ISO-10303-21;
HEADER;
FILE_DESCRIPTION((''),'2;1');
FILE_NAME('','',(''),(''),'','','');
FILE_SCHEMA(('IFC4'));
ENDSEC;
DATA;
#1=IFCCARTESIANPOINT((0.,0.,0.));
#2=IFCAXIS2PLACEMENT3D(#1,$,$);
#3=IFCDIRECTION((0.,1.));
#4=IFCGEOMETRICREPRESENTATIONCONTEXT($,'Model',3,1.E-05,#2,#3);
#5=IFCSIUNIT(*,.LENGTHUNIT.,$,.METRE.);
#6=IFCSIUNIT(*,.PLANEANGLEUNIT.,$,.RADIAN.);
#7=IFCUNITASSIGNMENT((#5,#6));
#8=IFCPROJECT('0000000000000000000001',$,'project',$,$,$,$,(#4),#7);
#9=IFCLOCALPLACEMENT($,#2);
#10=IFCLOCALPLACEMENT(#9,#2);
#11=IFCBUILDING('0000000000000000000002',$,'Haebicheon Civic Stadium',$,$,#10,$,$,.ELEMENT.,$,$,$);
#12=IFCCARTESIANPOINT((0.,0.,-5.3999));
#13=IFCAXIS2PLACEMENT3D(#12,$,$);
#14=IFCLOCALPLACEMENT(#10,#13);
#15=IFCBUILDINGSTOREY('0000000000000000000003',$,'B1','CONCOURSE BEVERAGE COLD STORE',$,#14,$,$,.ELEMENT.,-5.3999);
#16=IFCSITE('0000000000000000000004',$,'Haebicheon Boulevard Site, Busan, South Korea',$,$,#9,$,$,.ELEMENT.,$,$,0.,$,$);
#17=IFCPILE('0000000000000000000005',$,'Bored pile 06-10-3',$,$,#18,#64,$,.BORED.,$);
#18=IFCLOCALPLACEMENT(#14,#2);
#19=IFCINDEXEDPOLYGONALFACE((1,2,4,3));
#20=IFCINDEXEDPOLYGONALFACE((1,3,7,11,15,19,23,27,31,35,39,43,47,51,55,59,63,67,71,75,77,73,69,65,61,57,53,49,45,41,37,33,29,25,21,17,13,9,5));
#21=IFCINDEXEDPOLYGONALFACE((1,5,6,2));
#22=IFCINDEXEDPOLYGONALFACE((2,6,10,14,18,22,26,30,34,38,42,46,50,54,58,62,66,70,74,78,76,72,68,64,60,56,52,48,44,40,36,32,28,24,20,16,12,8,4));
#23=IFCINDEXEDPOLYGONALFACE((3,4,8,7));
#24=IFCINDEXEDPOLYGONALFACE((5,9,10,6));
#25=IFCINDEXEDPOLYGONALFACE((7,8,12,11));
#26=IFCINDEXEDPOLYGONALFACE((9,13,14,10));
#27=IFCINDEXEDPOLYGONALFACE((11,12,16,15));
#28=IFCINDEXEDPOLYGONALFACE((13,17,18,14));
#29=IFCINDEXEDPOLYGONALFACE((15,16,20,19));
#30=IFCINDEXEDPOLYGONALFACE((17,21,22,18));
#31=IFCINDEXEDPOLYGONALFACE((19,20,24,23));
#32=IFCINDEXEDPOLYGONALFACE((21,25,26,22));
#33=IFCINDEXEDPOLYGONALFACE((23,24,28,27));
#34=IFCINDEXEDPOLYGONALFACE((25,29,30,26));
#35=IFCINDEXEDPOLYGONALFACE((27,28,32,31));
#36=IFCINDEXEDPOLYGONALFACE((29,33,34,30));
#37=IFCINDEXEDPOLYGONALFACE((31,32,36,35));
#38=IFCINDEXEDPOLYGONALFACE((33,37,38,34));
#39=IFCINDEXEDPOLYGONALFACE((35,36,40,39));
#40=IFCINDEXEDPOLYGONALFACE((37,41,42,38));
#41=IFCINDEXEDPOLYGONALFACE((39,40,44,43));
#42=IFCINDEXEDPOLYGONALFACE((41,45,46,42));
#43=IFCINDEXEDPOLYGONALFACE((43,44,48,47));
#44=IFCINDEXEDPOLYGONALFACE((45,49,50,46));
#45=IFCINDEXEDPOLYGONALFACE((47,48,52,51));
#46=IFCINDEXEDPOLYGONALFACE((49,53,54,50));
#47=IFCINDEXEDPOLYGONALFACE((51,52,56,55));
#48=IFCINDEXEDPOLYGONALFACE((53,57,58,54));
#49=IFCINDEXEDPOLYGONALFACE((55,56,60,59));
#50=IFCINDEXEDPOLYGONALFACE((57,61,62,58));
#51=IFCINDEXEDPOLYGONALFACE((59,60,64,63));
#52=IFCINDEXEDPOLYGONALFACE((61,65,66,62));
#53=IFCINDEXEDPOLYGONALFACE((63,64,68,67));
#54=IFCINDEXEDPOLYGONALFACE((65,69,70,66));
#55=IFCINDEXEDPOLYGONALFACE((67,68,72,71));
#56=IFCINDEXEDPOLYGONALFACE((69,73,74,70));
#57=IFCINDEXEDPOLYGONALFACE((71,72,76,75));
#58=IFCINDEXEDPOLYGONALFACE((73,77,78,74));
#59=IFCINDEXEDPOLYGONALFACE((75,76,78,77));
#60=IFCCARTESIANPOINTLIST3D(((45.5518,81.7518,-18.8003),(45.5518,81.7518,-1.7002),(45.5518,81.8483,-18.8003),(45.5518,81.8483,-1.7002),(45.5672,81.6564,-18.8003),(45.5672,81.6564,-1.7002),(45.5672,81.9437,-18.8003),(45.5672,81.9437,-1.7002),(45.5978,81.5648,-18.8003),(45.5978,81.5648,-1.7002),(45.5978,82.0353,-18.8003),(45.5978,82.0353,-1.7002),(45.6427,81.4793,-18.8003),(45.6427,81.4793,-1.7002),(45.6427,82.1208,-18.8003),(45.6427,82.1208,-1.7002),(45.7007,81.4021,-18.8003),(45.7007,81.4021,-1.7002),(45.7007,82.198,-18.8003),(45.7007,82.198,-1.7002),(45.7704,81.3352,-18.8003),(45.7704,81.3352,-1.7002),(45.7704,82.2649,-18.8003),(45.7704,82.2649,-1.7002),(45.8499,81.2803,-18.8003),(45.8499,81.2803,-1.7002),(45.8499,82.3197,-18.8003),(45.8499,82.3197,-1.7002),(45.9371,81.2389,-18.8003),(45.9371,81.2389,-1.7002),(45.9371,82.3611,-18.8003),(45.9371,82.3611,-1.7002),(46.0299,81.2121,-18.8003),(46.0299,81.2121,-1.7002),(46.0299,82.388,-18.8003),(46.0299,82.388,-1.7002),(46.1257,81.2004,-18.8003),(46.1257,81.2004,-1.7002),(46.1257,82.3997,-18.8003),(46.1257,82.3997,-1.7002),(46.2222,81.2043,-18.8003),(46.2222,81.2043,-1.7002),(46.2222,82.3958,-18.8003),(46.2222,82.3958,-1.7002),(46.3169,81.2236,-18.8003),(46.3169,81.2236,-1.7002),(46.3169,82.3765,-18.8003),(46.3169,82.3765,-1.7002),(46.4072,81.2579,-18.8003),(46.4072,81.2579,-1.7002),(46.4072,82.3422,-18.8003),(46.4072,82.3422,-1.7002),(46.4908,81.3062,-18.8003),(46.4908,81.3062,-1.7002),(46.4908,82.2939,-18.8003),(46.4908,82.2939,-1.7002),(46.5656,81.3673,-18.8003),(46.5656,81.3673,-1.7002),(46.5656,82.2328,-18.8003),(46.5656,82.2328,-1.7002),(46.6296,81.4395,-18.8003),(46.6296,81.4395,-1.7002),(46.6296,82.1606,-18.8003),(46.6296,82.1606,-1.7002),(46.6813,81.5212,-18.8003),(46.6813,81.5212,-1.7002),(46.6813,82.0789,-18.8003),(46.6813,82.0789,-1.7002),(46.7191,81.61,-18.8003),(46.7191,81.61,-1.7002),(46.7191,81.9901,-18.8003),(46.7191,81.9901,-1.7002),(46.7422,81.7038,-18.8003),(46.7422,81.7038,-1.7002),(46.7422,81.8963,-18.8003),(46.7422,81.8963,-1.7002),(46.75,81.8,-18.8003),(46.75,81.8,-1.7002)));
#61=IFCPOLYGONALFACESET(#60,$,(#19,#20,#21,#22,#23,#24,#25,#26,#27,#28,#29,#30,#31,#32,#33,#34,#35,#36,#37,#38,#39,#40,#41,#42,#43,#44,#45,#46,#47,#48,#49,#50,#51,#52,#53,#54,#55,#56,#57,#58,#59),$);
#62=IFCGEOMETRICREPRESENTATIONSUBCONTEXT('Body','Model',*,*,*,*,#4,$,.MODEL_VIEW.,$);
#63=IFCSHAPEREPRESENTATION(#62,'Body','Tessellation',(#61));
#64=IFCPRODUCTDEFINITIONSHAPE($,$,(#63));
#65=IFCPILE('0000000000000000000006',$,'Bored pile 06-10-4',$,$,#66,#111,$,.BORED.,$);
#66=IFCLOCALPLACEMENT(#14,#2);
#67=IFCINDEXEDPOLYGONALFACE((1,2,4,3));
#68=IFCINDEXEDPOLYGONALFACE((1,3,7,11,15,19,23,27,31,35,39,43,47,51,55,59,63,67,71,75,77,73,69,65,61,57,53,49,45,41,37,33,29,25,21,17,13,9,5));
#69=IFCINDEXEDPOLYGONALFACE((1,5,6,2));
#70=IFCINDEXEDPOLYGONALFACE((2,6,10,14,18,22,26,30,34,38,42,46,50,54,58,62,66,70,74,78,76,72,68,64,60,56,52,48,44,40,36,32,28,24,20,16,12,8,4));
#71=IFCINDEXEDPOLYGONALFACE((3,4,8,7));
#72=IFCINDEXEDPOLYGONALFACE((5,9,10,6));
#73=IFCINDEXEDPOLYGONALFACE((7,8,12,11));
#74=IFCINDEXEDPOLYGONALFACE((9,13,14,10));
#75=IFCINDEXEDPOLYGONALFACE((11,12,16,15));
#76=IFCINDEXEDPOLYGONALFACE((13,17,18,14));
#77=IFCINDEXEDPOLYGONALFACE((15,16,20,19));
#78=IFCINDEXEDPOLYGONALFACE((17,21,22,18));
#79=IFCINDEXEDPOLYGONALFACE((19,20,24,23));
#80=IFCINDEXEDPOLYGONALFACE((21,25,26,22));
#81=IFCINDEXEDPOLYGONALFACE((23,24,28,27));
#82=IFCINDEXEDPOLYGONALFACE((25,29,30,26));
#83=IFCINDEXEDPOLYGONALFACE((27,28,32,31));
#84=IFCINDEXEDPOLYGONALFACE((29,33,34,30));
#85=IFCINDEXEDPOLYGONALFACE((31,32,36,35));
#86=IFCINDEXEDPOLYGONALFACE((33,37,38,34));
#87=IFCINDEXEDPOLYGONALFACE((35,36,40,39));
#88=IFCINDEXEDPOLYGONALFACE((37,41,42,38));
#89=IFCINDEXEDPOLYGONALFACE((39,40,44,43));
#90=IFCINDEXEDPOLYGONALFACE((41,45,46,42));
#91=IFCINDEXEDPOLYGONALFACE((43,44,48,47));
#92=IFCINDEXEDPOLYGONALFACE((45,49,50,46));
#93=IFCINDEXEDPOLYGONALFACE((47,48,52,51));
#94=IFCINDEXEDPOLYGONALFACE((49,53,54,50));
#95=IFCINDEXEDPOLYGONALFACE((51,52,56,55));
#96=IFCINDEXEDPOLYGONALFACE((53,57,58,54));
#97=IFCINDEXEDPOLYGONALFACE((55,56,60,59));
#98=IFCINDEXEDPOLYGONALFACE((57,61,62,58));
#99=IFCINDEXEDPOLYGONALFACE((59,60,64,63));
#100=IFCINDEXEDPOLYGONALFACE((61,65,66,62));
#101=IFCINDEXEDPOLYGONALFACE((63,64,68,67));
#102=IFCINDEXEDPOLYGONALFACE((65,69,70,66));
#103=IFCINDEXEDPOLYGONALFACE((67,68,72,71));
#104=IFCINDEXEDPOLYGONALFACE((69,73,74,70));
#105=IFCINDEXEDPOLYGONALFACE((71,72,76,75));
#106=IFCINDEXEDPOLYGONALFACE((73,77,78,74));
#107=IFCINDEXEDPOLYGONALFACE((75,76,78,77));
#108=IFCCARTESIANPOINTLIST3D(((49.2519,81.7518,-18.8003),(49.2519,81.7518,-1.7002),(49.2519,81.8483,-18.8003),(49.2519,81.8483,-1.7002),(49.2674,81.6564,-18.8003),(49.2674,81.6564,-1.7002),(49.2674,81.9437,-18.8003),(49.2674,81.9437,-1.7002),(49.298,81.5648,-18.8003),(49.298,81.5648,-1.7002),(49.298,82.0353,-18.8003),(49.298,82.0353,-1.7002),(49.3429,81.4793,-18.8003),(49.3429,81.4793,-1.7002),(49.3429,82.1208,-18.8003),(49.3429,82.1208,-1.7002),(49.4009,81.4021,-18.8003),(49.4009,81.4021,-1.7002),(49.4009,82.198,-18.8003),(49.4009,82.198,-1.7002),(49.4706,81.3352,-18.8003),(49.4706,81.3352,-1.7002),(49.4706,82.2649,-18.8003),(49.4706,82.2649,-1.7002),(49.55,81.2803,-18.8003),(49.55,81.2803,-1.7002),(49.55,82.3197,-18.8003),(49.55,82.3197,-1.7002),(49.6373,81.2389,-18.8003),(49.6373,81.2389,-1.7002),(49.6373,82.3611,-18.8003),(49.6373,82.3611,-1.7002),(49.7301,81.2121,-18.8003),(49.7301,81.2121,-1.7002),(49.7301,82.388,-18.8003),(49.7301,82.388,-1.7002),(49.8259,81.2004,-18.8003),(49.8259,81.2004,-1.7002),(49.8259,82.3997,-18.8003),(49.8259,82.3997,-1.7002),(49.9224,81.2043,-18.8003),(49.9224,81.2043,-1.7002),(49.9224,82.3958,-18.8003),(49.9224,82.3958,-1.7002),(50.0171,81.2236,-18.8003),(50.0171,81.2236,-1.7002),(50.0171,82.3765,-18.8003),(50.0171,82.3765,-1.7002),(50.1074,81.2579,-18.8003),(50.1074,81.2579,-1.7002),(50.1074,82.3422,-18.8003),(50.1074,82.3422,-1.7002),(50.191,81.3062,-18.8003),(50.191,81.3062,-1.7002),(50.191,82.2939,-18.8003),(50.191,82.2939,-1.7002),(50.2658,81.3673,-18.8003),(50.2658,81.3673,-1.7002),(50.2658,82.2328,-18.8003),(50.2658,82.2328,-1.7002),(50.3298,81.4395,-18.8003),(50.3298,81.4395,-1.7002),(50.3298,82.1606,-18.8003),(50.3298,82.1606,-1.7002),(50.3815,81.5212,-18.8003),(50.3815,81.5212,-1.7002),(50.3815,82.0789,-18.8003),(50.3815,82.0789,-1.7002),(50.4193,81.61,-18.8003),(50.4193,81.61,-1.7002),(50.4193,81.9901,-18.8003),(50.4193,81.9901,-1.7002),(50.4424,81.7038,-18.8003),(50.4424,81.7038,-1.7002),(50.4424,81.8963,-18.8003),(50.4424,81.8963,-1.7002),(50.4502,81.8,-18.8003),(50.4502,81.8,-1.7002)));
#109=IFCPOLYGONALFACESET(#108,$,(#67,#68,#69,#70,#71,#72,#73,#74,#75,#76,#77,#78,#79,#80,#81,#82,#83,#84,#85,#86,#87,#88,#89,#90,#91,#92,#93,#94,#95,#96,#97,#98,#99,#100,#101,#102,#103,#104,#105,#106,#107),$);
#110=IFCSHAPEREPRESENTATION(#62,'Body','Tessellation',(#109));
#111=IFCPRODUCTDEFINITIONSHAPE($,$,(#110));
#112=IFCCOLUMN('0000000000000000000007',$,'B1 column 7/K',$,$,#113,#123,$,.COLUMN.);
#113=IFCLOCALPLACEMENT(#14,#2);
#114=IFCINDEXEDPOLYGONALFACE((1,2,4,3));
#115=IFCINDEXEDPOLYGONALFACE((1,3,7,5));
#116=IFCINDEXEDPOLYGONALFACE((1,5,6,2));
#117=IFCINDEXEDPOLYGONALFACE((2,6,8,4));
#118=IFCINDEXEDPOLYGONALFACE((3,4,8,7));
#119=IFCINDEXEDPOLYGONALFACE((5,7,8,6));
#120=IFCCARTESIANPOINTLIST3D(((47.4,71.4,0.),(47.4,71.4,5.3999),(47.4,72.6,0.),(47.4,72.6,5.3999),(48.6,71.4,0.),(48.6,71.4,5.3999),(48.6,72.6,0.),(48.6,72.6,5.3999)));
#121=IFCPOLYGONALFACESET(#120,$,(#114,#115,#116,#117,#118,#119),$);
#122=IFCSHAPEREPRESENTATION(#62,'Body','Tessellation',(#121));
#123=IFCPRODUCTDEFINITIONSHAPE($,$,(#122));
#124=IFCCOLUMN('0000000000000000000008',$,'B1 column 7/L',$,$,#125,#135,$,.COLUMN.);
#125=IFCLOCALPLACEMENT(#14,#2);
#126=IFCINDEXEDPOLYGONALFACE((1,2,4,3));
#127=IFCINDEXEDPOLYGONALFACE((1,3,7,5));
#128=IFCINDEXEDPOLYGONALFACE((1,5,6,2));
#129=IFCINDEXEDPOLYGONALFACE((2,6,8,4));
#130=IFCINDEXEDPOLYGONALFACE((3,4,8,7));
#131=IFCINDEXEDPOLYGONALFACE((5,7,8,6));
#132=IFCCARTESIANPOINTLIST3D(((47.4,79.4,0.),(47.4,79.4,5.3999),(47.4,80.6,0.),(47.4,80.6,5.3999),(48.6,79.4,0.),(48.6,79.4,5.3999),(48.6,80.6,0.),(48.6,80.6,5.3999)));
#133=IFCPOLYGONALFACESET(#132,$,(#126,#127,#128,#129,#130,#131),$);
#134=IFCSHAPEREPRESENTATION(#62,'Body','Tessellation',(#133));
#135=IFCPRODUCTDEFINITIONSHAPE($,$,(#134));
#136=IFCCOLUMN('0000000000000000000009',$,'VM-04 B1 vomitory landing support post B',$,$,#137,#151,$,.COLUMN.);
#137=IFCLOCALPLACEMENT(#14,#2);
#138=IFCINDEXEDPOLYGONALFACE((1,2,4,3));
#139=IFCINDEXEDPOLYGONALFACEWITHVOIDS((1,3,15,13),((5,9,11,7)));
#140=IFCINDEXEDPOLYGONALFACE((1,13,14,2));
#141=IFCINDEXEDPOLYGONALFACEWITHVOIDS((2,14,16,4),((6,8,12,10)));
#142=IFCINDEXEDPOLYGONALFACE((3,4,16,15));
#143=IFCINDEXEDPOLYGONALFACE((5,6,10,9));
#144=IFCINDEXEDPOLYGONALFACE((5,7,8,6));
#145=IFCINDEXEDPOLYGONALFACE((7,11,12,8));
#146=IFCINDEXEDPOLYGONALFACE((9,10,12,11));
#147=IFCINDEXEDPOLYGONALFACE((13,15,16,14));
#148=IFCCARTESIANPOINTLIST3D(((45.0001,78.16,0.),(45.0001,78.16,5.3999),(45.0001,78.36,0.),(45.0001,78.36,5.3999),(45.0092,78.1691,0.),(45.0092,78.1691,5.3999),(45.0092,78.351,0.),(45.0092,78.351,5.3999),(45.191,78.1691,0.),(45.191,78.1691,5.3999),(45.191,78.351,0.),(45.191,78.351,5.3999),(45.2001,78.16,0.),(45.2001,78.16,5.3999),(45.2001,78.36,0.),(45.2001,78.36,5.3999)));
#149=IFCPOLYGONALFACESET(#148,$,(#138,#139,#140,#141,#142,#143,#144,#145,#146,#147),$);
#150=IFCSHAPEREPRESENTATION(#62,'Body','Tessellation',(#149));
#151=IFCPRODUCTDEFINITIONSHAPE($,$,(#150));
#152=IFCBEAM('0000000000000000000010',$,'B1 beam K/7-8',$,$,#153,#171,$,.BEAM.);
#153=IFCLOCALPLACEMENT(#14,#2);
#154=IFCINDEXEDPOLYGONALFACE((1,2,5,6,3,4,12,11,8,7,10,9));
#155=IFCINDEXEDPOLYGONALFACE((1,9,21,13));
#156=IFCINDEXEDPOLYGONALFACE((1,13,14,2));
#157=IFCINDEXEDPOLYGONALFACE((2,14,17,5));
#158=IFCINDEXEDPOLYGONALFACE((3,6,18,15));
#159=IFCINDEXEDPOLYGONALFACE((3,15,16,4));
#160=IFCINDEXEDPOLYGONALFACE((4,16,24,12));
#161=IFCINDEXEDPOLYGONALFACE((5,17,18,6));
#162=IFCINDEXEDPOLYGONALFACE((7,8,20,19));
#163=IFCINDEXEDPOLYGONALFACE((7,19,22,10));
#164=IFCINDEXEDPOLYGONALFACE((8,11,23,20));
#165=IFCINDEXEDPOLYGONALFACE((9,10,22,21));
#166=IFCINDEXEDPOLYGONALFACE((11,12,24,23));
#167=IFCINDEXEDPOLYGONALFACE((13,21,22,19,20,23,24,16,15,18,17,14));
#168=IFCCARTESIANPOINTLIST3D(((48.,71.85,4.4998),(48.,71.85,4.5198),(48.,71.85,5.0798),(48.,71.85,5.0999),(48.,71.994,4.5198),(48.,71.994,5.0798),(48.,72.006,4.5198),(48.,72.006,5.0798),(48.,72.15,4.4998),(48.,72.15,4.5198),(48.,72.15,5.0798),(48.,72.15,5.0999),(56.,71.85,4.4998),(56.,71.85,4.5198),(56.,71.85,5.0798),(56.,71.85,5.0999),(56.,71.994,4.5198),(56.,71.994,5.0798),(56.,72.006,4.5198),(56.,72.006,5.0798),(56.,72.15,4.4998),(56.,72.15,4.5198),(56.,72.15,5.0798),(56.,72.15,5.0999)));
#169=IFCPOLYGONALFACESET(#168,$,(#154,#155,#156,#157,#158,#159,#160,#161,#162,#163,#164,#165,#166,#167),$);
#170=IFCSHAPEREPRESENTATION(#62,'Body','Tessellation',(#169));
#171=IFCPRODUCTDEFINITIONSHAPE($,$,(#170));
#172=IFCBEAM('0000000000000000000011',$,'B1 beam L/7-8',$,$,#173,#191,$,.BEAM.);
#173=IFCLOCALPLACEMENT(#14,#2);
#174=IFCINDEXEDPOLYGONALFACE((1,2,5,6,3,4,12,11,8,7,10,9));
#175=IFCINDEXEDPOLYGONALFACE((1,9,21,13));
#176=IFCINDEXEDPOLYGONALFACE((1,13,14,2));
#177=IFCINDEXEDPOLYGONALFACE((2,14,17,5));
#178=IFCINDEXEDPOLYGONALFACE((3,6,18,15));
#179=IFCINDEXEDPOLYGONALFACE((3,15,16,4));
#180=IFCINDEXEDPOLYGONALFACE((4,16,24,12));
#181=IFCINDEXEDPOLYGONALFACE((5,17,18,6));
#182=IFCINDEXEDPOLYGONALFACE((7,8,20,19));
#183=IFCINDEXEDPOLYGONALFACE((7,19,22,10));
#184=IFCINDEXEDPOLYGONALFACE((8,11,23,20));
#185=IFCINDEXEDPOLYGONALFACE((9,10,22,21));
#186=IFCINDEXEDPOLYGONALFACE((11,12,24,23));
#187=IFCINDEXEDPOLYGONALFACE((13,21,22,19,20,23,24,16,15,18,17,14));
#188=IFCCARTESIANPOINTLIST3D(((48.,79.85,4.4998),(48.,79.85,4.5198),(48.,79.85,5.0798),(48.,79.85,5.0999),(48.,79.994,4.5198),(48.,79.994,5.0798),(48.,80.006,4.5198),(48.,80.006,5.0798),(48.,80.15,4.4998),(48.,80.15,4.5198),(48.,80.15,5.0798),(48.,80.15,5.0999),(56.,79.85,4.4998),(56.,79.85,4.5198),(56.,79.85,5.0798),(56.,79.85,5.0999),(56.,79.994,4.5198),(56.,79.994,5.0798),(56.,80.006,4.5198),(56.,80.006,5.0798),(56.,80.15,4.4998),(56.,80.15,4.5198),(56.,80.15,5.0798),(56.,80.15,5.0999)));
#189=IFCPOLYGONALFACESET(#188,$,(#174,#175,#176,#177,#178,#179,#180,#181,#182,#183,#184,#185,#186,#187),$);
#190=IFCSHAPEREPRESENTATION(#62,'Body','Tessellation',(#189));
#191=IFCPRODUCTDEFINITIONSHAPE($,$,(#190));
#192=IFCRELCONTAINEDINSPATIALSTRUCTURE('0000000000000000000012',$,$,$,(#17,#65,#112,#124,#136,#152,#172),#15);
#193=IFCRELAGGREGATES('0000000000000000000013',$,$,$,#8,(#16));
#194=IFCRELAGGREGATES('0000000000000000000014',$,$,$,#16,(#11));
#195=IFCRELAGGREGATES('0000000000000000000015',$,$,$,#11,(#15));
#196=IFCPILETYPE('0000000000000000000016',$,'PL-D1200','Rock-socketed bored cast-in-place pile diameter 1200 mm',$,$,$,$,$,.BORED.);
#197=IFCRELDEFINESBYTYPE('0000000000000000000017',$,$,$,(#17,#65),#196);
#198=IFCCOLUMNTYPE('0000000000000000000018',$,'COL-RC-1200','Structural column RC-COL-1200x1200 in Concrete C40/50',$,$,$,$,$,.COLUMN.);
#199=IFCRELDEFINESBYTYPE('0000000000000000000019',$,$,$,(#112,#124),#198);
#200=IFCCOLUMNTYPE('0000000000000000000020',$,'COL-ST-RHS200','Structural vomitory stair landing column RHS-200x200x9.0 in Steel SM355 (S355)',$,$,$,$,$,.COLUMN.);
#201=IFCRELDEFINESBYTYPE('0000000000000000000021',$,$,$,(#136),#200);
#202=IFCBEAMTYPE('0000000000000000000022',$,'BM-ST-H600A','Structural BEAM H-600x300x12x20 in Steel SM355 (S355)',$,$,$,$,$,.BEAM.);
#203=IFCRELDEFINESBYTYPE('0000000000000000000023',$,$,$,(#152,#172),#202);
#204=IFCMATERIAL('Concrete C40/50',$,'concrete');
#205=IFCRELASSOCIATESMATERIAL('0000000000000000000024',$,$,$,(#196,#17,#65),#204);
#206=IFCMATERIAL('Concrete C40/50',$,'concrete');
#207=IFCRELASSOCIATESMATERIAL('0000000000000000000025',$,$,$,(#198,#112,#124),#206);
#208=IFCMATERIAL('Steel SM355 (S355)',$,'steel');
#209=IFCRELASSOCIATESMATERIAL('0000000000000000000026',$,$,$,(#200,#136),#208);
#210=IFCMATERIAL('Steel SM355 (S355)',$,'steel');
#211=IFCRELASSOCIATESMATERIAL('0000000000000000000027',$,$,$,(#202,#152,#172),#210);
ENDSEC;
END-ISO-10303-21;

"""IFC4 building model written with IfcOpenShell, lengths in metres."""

from ifc_helpers import new_model, si_unit, direction, frame, origin, origin_2d, place, context, subcontext, project, spatial, rectangle, hollow_rectangle, circle, i_section, extrude, material, material_profile, profile_set, type_object, element, save


model = new_model("IFC4")

# Units and contexts
model_context = context("Model", 3, precision=1e-05, world=origin(), true_north=direction((0.0, 1.0)))
body_context = subcontext(model_context, "Body", "Model", "MODEL_VIEW")
ifc_project = project(units=[si_unit("LENGTHUNIT", "METRE"), si_unit("PLANEANGLEUNIT", "RADIAN")], contexts=[model_context])

# Site, building, storey
site_placement = place(None, origin())
site = spatial("IfcSite", under=ifc_project, at=site_placement, Name="Haebicheon Boulevard Site, Busan, South Korea", CompositionType="ELEMENT", RefElevation=0.0)
building_placement = place(site_placement, origin())
building = spatial("IfcBuilding", under=site, at=building_placement, Name="Haebicheon Civic Stadium", CompositionType="ELEMENT")
storey_placement = place(building_placement, frame((0.0, 0.0, -5.3999)))
storey = spatial("IfcBuildingStorey", under=building, at=storey_placement, Name="B1", Description="CONCOURSE BEVERAGE COLD STORE", CompositionType="ELEMENT", Elevation=-5.3999)

# Piles
ifc_material_1 = material(Name="Concrete C40/50", Category="concrete")
ifc_material_profile_1 = material_profile(ifc_material_1, circle(Radius=0.6001, at=origin_2d()), Name="PILE-D1200")
ifc_profile_set_1 = profile_set([ifc_material_profile_1], Name="Concrete C40/50")
pile_type_1 = type_object("IfcPileType", Name="PL-D1200", Description="Rock-socketed bored cast-in-place pile diameter 1200 mm", PredefinedType="BORED", material=ifc_profile_set_1)
for number, where, z_axis, x_axis, name in (
    (1, (46.1499, 81.8, -1.7002), (0.0, 0.0, -1.0), (1.0, 0.0, 0.0), "Bored pile 06-10-3"),
    (2, (49.8501, 81.8, -1.7002), (0.0, 0.0, -1.0), (1.0, 0.0, 0.0), "Bored pile 06-10-4"),
):
    element("IfcPile", number, at=place(storey_placement, frame(where, z_axis=z_axis, x_axis=x_axis)), inside=storey, type_object=pile_type_1, material=ifc_profile_set_1, Name=name, PredefinedType="BORED", context=body_context, shape_type="SweptSolid", body=[
        extrude(circle(Radius=0.6001, at=origin_2d()), origin(), (0.0, 0.0, 1.0), 17.1001),
    ])

# Columns
ifc_material_2 = material(Name="Concrete C40/50", Category="concrete")
ifc_material_profile_2 = material_profile(ifc_material_2, rectangle(XDim=1.2, YDim=1.2, at=origin_2d()), Name="RC-COL-1200x1200")
ifc_profile_set_2 = profile_set([ifc_material_profile_2], Name="Concrete C40/50")
column_type_1 = type_object("IfcColumnType", Name="COL-RC-1200", Description="Structural column RC-COL-1200x1200 in Concrete C40/50", PredefinedType="COLUMN", material=ifc_profile_set_2)
for number, where, z_axis, x_axis, name in (
    (3, (48.0, 72.0, 0.0), (0.0, 0.0, 1.0), (1.0, 0.0, 0.0), "B1 column 7/K"),
    (4, (48.0, 80.0, 0.0), (0.0, 0.0, 1.0), (1.0, 0.0, 0.0), "B1 column 7/L"),
):
    element("IfcColumn", number, at=place(storey_placement, frame(where, z_axis=z_axis, x_axis=x_axis)), inside=storey, type_object=column_type_1, material=ifc_profile_set_2, Name=name, PredefinedType="COLUMN", context=body_context, shape_type="SweptSolid", body=[
        extrude(rectangle(XDim=1.2, YDim=1.2, at=origin_2d()), origin(), (0.0, 0.0, 1.0), 5.3999),
    ])
ifc_material_3 = material(Name="Steel SM355 (S355)", Category="steel")
ifc_material_profile_3 = material_profile(ifc_material_3, hollow_rectangle(XDim=0.2, YDim=0.2, WallThickness=0.009, at=origin_2d()), Name="RHS-200x200x9.0")
ifc_profile_set_3 = profile_set([ifc_material_profile_3], Name="Steel SM355 (S355)")
column_type_2 = type_object("IfcColumnType", Name="COL-ST-RHS200", Description="Structural vomitory stair landing column RHS-200x200x9.0 in Steel SM355 (S355)", PredefinedType="COLUMN", material=ifc_profile_set_3)
column_placement = place(storey_placement, frame((45.1001, 78.26, 0.0), z_axis=(0.0, 0.0, 1.0), x_axis=(1.0, 0.0, 0.0)))
element("IfcColumn", 5, at=column_placement, inside=storey, type_object=column_type_2, material=ifc_profile_set_3, Name="VM-04 B1 vomitory landing support post B", PredefinedType="COLUMN", context=body_context, shape_type="SweptSolid", body=[
    extrude(hollow_rectangle(XDim=0.2, YDim=0.2, WallThickness=0.009, at=origin_2d()), origin(), (0.0, 0.0, 1.0), 5.3999),
])

# Beams
ifc_material_4 = material(Name="Steel SM355 (S355)", Category="steel")
ifc_material_profile_4 = material_profile(ifc_material_4, i_section(OverallWidth=0.3, OverallDepth=0.6001, WebThickness=0.012, FlangeThickness=0.02, at=origin_2d()), Name="H-600x300x12x20")
ifc_profile_set_4 = profile_set([ifc_material_profile_4], Name="Steel SM355 (S355)")
beam_type_1 = type_object("IfcBeamType", Name="BM-ST-H600A", Description="Structural BEAM H-600x300x12x20 in Steel SM355 (S355)", PredefinedType="BEAM", material=ifc_profile_set_4)
for number, where, z_axis, x_axis, name in (
    (6, (48.0, 72.0, 4.7998), (1.0, 0.0, 0.0), (0.0, 1.0, 0.0), "B1 beam K/7-8"),
    (7, (48.0, 80.0, 4.7998), (1.0, 0.0, 0.0), (0.0, 1.0, 0.0), "B1 beam L/7-8"),
):
    element("IfcBeam", number, at=place(storey_placement, frame(where, z_axis=z_axis, x_axis=x_axis)), inside=storey, type_object=beam_type_1, material=ifc_profile_set_4, Name=name, PredefinedType="BEAM", context=body_context, shape_type="SweptSolid", body=[
        extrude(i_section(OverallWidth=0.3, OverallDepth=0.6001, WebThickness=0.012, FlangeThickness=0.02, at=origin_2d()), origin(), (0.0, 0.0, 1.0), 8.0),
    ])

save(model, "model.ifc")
